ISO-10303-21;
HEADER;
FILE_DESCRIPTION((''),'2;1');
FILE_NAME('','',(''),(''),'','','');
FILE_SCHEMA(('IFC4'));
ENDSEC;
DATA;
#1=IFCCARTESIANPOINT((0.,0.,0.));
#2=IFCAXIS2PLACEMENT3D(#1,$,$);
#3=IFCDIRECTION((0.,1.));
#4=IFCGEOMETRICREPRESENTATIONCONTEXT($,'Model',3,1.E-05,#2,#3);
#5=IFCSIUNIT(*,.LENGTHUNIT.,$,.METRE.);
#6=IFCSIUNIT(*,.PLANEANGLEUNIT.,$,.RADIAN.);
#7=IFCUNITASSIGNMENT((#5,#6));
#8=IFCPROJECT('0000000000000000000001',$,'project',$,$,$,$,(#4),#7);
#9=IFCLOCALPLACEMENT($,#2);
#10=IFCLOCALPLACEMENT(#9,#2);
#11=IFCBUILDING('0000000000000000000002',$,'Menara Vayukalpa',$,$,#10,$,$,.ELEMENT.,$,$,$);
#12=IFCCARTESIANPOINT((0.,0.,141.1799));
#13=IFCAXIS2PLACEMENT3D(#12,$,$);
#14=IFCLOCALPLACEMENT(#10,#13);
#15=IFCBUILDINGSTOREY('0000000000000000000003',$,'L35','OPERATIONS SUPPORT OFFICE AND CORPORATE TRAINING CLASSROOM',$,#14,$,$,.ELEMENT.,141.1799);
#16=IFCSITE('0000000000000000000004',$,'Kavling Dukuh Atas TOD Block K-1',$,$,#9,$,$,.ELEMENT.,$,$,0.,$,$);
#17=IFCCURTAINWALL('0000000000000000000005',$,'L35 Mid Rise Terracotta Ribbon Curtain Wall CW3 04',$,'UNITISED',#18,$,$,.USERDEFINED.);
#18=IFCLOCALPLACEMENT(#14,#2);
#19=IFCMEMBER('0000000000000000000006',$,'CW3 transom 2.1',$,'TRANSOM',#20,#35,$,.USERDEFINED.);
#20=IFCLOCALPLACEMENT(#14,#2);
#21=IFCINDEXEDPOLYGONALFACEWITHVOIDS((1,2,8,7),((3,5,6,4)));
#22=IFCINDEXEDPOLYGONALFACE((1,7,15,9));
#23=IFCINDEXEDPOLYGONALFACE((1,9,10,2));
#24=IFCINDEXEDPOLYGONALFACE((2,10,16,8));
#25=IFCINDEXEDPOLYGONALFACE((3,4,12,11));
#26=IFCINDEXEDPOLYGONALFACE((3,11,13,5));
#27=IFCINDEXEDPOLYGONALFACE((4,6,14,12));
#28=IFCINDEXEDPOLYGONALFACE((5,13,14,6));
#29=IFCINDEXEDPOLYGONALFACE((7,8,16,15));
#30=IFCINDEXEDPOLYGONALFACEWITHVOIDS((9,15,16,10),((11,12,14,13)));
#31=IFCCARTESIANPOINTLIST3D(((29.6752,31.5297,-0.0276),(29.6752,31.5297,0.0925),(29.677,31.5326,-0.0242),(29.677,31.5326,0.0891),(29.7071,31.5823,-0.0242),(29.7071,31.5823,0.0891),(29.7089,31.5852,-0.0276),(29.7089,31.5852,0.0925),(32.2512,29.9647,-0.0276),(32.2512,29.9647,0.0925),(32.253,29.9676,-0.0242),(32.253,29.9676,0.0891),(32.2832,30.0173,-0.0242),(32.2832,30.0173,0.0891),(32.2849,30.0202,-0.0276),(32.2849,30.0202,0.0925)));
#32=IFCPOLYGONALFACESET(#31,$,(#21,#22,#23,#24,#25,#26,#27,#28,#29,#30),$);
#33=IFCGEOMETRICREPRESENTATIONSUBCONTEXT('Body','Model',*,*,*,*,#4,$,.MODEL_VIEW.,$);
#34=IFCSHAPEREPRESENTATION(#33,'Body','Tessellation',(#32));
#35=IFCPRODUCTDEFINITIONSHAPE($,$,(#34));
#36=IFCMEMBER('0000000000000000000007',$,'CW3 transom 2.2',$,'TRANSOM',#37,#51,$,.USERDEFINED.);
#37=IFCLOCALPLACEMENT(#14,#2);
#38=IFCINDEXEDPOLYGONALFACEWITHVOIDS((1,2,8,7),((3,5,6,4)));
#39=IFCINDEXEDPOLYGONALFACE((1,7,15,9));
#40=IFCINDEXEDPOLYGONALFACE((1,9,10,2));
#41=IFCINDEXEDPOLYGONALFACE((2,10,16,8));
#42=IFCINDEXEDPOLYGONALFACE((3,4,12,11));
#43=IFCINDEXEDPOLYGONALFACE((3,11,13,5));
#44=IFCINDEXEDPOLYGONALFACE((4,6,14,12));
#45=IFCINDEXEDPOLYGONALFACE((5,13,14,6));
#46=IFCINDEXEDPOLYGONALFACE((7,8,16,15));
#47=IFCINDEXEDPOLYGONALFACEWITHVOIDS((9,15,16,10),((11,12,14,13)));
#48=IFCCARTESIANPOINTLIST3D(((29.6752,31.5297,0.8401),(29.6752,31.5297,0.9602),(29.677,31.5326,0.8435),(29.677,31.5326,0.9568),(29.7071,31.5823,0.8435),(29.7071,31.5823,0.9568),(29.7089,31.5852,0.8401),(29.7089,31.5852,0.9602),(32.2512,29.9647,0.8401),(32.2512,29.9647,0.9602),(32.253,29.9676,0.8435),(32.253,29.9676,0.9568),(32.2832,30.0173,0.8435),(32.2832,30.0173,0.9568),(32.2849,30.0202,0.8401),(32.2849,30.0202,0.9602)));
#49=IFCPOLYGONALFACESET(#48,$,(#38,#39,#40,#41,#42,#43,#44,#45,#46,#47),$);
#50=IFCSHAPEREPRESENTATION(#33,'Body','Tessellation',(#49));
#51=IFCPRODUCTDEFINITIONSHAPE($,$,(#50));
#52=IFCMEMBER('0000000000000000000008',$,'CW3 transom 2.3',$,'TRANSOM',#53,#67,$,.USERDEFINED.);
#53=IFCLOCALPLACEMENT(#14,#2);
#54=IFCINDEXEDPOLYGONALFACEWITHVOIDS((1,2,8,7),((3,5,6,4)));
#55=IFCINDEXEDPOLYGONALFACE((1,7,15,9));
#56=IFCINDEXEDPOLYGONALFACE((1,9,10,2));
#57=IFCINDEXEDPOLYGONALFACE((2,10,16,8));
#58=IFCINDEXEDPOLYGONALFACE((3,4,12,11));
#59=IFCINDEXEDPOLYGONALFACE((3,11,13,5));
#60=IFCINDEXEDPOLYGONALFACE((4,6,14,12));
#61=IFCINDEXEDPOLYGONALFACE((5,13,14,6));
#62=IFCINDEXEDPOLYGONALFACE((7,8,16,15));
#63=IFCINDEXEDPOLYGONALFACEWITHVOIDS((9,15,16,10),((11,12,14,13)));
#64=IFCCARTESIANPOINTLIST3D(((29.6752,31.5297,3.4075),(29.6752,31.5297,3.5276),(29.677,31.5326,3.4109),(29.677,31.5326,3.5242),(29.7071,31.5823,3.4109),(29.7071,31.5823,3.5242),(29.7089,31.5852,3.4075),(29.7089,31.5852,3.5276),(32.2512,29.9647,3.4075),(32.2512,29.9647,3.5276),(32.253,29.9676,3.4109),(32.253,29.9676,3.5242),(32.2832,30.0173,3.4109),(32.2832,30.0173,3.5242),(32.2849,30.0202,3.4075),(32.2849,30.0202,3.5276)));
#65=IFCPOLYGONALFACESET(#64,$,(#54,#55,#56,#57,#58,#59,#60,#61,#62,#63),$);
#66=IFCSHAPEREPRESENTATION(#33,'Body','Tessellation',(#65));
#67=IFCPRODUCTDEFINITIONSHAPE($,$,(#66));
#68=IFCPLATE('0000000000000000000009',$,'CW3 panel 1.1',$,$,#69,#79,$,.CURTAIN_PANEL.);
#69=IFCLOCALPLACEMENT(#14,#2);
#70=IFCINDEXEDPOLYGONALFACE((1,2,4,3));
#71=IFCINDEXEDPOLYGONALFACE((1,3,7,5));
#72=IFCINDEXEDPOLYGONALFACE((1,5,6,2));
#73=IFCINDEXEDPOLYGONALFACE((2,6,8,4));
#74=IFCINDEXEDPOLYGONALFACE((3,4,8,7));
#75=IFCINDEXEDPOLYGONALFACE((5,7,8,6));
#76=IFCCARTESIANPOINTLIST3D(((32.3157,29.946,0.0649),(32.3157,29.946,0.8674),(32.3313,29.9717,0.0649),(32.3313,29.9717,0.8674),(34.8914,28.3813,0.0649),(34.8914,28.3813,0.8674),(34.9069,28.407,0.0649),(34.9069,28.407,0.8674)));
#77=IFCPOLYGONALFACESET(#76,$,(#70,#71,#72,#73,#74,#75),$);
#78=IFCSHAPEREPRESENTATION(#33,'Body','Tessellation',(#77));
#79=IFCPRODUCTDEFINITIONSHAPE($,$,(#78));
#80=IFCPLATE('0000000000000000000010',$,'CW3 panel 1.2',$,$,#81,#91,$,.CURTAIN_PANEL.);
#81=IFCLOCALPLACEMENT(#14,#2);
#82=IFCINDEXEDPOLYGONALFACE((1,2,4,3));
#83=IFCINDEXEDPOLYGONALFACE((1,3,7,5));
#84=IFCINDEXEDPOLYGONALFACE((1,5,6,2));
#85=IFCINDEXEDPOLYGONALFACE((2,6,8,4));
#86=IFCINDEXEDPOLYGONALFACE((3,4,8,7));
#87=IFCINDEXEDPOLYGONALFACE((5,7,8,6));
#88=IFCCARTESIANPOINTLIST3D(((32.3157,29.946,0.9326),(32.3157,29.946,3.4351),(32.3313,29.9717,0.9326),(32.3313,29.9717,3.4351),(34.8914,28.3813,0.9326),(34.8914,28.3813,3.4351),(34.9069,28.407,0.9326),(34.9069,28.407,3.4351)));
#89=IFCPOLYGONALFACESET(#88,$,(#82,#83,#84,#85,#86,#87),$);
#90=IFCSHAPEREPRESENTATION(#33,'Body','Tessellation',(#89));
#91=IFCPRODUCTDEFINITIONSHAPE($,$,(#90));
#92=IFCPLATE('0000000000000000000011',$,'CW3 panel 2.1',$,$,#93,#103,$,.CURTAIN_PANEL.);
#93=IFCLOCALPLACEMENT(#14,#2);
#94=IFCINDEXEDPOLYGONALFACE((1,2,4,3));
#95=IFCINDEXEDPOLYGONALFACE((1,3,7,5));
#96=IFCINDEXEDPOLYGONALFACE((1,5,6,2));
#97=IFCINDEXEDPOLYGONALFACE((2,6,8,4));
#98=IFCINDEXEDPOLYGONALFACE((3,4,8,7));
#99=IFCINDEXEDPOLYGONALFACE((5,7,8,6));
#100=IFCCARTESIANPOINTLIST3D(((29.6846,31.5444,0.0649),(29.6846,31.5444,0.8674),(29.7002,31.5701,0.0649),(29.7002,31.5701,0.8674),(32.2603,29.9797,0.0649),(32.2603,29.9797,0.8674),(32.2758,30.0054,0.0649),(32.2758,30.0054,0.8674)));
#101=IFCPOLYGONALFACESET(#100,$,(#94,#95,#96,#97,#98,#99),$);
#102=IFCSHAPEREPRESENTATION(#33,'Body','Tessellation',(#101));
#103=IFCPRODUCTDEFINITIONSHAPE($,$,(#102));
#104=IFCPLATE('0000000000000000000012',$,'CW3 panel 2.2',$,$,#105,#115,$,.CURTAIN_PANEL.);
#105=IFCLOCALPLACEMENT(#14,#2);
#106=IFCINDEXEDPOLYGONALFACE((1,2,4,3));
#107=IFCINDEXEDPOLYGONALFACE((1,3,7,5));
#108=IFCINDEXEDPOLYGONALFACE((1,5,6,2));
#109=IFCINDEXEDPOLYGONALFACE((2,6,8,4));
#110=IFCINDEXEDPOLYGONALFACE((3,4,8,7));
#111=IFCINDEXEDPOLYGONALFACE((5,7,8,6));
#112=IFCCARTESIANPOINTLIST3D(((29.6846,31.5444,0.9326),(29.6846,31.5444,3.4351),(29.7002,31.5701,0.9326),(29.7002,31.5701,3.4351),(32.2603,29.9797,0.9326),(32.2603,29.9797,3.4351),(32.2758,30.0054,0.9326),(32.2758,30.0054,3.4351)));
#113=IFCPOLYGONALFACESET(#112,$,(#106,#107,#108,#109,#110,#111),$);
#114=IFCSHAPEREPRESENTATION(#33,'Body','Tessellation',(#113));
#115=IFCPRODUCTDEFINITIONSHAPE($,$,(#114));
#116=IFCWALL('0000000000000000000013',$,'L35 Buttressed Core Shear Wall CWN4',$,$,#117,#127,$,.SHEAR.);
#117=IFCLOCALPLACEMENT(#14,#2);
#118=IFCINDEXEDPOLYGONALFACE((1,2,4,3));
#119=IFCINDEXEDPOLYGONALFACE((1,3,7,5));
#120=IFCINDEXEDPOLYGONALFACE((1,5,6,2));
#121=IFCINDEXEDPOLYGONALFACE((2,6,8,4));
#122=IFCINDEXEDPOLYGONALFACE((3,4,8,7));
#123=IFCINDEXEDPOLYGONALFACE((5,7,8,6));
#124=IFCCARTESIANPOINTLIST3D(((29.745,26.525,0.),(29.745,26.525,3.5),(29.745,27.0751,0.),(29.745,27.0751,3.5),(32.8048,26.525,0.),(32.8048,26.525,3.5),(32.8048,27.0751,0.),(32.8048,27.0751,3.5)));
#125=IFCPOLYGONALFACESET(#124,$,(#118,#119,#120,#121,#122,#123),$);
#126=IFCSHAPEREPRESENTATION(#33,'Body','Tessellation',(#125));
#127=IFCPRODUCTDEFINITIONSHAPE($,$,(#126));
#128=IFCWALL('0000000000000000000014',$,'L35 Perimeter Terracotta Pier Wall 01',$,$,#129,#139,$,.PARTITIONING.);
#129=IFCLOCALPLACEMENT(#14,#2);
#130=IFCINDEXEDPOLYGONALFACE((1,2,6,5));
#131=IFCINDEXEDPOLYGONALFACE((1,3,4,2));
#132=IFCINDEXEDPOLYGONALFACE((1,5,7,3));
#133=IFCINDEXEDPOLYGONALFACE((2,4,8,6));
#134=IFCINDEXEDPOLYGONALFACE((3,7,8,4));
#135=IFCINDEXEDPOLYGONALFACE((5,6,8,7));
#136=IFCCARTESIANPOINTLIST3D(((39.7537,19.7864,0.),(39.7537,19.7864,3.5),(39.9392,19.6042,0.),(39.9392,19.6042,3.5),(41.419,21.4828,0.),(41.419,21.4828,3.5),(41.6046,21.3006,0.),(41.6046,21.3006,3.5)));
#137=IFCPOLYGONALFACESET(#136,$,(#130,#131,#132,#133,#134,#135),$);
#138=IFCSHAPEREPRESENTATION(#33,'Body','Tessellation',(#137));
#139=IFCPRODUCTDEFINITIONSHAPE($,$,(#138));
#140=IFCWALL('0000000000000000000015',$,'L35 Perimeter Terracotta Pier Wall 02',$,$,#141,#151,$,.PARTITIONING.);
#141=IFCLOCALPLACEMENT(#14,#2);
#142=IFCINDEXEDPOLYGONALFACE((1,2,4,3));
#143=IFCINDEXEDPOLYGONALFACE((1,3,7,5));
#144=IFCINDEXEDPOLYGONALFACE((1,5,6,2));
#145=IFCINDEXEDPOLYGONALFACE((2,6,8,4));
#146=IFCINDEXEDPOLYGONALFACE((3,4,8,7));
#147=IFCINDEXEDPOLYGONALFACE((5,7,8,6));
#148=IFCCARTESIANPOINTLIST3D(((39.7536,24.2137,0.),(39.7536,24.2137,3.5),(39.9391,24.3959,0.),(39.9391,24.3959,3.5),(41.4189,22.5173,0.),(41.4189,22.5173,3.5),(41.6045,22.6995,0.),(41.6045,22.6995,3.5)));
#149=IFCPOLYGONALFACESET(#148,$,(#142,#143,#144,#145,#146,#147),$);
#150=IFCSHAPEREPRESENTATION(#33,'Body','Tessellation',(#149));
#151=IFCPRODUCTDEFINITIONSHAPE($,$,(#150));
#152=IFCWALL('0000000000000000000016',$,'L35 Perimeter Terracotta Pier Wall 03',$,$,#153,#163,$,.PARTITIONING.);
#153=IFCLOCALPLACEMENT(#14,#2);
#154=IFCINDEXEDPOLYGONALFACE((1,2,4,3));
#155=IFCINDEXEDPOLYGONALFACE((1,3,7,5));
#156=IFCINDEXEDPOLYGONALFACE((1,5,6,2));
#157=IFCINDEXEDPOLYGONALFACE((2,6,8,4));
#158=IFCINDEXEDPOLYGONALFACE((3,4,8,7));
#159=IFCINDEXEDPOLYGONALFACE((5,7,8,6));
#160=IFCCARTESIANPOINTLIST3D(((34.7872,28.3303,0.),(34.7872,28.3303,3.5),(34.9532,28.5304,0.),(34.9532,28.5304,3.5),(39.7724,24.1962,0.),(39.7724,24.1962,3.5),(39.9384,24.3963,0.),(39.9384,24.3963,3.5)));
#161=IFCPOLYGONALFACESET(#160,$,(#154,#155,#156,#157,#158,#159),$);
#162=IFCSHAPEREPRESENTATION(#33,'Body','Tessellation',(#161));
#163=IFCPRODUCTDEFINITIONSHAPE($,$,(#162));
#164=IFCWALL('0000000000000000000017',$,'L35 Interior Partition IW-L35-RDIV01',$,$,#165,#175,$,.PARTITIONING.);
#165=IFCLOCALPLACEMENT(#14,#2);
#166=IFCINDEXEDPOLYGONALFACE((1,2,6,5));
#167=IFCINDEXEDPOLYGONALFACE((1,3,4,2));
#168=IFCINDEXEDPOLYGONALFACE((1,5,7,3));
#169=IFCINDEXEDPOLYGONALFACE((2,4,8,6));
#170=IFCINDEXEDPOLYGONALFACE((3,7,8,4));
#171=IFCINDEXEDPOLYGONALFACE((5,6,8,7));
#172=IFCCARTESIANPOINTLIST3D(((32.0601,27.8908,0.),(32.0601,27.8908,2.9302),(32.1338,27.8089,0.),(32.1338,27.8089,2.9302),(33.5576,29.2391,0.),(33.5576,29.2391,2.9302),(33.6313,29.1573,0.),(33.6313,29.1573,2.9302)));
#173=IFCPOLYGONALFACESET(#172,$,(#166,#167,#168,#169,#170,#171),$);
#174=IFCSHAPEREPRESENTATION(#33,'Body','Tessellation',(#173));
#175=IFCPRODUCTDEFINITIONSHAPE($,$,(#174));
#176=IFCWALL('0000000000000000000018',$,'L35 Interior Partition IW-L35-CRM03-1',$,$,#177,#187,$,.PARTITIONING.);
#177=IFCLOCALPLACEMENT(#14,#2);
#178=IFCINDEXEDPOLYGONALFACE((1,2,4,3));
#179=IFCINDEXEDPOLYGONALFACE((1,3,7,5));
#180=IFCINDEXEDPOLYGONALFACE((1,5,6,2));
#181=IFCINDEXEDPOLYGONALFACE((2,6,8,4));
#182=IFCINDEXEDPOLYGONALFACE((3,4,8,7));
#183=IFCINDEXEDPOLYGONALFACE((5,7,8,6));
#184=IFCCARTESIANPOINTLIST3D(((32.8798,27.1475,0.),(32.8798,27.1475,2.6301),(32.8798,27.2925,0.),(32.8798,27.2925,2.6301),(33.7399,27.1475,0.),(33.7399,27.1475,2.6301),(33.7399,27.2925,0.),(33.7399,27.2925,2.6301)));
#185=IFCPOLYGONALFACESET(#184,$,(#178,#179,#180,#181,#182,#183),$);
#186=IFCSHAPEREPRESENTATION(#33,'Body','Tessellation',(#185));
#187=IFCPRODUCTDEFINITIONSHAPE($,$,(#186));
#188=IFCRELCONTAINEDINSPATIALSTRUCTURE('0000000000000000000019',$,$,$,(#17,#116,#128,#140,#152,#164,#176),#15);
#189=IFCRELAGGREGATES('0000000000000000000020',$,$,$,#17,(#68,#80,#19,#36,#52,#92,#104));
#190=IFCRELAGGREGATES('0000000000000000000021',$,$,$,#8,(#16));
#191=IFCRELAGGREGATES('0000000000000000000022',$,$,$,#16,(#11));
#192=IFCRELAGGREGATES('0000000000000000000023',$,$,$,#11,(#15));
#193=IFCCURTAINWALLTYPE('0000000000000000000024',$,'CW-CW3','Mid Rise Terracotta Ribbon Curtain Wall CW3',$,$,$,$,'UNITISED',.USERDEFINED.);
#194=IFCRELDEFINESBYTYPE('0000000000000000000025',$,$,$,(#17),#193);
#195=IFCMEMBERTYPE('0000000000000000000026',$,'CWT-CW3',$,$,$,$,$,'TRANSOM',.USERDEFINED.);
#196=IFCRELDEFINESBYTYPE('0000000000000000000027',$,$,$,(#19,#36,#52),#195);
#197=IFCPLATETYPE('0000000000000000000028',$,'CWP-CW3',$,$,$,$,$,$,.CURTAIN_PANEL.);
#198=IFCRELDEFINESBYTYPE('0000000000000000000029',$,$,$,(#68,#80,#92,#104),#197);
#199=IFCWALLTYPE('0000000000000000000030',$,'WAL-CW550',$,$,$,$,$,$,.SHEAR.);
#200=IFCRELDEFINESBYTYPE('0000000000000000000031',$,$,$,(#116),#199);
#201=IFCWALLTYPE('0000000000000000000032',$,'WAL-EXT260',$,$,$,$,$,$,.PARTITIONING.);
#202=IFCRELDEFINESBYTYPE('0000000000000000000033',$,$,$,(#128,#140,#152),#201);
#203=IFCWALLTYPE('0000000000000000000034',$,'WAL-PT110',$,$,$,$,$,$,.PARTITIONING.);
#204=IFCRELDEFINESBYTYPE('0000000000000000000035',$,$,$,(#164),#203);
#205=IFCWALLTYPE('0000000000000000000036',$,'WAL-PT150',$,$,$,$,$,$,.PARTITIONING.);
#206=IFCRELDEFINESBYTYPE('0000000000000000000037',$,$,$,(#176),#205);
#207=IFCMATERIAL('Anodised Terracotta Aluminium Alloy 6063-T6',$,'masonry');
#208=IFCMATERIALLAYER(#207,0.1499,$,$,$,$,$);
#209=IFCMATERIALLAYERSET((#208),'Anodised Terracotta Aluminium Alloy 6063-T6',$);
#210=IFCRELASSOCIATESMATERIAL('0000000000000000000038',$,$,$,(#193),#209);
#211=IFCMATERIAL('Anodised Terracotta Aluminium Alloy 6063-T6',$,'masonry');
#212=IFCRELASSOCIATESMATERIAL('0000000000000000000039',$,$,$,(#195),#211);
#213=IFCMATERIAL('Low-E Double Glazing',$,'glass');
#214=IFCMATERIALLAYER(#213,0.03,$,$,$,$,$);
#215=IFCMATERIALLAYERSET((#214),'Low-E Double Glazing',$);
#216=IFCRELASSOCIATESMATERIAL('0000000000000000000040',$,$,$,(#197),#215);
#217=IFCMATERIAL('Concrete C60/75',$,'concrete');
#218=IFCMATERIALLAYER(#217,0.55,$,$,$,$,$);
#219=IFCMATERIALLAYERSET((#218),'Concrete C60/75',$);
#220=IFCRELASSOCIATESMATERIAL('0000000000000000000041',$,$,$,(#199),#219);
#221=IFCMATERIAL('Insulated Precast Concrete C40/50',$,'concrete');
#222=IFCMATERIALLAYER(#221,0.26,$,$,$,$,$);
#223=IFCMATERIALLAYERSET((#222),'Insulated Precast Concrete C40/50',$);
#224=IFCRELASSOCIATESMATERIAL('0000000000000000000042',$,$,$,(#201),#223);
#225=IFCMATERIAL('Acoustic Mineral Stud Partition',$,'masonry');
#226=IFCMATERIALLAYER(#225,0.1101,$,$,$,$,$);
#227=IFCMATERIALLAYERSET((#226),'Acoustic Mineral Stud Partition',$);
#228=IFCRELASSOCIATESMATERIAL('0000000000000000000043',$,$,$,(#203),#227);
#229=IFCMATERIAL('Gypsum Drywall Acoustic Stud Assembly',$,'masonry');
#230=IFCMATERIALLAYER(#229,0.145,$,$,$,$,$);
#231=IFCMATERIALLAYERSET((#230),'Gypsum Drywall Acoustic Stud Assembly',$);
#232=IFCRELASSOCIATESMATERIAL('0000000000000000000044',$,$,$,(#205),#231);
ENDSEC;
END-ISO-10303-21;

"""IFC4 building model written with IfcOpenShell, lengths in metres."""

from ifc_helpers import new_model, si_unit, direction, frame, frame_2d, origin, origin_2d, place, context, subcontext, project, spatial, rectangle, hollow_rectangle, extrude, material, layer, layer_set, material_profile, profile_set, type_object, element, aggregate, save


model = new_model("IFC4")

# Units and contexts
model_context = context("Model", 3, precision=1e-05, world=origin(), true_north=direction((0.0, 1.0)))
body_context = subcontext(model_context, "Body", "Model", "MODEL_VIEW")
ifc_project = project(units=[si_unit("LENGTHUNIT", "METRE"), si_unit("PLANEANGLEUNIT", "RADIAN")], contexts=[model_context])

# Site, building, storey
site_placement = place(None, origin())
site = spatial("IfcSite", under=ifc_project, at=site_placement, Name="Kavling Dukuh Atas TOD Block K-1", CompositionType="ELEMENT", RefElevation=0.0)
building_placement = place(site_placement, origin())
building = spatial("IfcBuilding", under=site, at=building_placement, Name="Menara Vayukalpa", CompositionType="ELEMENT")
storey_placement = place(building_placement, frame((0.0, 0.0, 141.1799)))
storey = spatial("IfcBuildingStorey", under=building, at=storey_placement, Name="L35", Description="OPERATIONS SUPPORT OFFICE AND CORPORATE TRAINING CLASSROOM", CompositionType="ELEMENT", Elevation=141.1799)

# Curtain wall, members, plates
ifc_material_1 = material(Name="Anodised Terracotta Aluminium Alloy 6063-T6", Category="masonry")
ifc_layer_1 = layer(ifc_material_1, 0.1499)
ifc_layer_set_1 = layer_set([ifc_layer_1], Name="Anodised Terracotta Aluminium Alloy 6063-T6")
curtain_wall_type = type_object("IfcCurtainWallType", Name="CW-CW3", Description="Mid Rise Terracotta Ribbon Curtain Wall CW3", ElementType="UNITISED", PredefinedType="USERDEFINED", material=ifc_layer_set_1)
curtain_wall_placement = place(storey_placement, origin())
curtain_wall = element("IfcCurtainWall", 1, at=curtain_wall_placement, inside=storey, type_object=curtain_wall_type, Name="L35 Mid Rise Terracotta Ribbon Curtain Wall CW3 04", ObjectType="UNITISED", PredefinedType="USERDEFINED")
ifc_material_2 = material(Name="Anodised Terracotta Aluminium Alloy 6063-T6", Category="masonry")
ifc_material_profile_1 = material_profile(ifc_material_2, hollow_rectangle(XDim=0.0649, YDim=0.1201, WallThickness=0.0034, at=origin_2d()), Name="ALU 65x120x3.5")
ifc_profile_set_1 = profile_set([ifc_material_profile_1], Name="Anodised Terracotta Aluminium Alloy 6063-T6")
member_type_1 = type_object("IfcMemberType", Name="CWT-CW3", ElementType="TRANSOM", PredefinedType="USERDEFINED", material=ifc_profile_set_1)
member_1_placement = place(storey_placement, frame((32.2681, 29.9924, 0.0325), z_axis=(-0.854642, 0.519217, 0.0), x_axis=(-0.519217, -0.854642, 0.0)))
member_1 = element("IfcMember", 2, at=member_1_placement, type_object=member_type_1, Name="CW3 transom 2.1", ObjectType="TRANSOM", PredefinedType="USERDEFINED", context=body_context, shape_type="SweptSolid", body=[
    extrude(hollow_rectangle(XDim=0.0649, YDim=0.1201, WallThickness=0.0034, at=origin_2d()), origin(), (0.0, 0.0, 1.0), 3.0142),
])
member_2_placement = place(storey_placement, frame((32.2681, 29.9924, 0.9001), z_axis=(-0.854642, 0.519217, 0.0), x_axis=(-0.519217, -0.854642, 0.0)))
member_2 = element("IfcMember", 3, at=member_2_placement, type_object=member_type_1, Name="CW3 transom 2.2", ObjectType="TRANSOM", PredefinedType="USERDEFINED", context=body_context, shape_type="SweptSolid", body=[
    extrude(hollow_rectangle(XDim=0.0649, YDim=0.1201, WallThickness=0.0034, at=origin_2d()), origin(), (0.0, 0.0, 1.0), 3.0142),
])
member_3_placement = place(storey_placement, frame((32.2681, 29.9924, 3.4675), z_axis=(-0.854642, 0.519217, 0.0), x_axis=(-0.519217, -0.854642, 0.0)))
member_3 = element("IfcMember", 4, at=member_3_placement, type_object=member_type_1, Name="CW3 transom 2.3", ObjectType="TRANSOM", PredefinedType="USERDEFINED", context=body_context, shape_type="SweptSolid", body=[
    extrude(hollow_rectangle(XDim=0.0649, YDim=0.1201, WallThickness=0.0034, at=origin_2d()), origin(), (0.0, 0.0, 1.0), 3.0142),
])
ifc_material_3 = material(Name="Low-E Double Glazing", Category="glass")
ifc_layer_2 = layer(ifc_material_3, 0.03)
ifc_layer_set_2 = layer_set([ifc_layer_2], Name="Low-E Double Glazing")
plate_type = type_object("IfcPlateType", Name="CWP-CW3", PredefinedType="CURTAIN_PANEL", material=ifc_layer_set_2)
plate_1_placement = place(storey_placement, frame((33.6113, 29.1765, 0.0649), z_axis=(0.0, 0.0, 1.0), x_axis=(-0.854655, 0.519196, 0.0)))
plate_1 = element("IfcPlate", 5, at=plate_1_placement, type_object=plate_type, Name="CW3 panel 1.1", PredefinedType="CURTAIN_PANEL", context=body_context, shape_type="SweptSolid", body=[
    extrude(rectangle(XDim=3.0137, YDim=0.03, at=origin_2d()), origin(), (0.0, 0.0, 1.0), 0.8025),
])
plate_2_placement = place(storey_placement, frame((33.6113, 29.1765, 0.9326), z_axis=(0.0, 0.0, 1.0), x_axis=(-0.854655, 0.519196, 0.0)))
plate_2 = element("IfcPlate", 6, at=plate_2_placement, type_object=plate_type, Name="CW3 panel 1.2", PredefinedType="CURTAIN_PANEL", context=body_context, shape_type="SweptSolid", body=[
    extrude(rectangle(XDim=3.0137, YDim=0.03, at=origin_2d()), origin(), (0.0, 0.0, 1.0), 2.5024),
])
plate_3_placement = place(storey_placement, frame((30.9802, 30.7749, 0.0649), z_axis=(0.0, 0.0, 1.0), x_axis=(-0.854655, 0.519196, 0.0)))
plate_3 = element("IfcPlate", 7, at=plate_3_placement, type_object=plate_type, Name="CW3 panel 2.1", PredefinedType="CURTAIN_PANEL", context=body_context, shape_type="SweptSolid", body=[
    extrude(rectangle(XDim=3.0137, YDim=0.03, at=origin_2d()), origin(), (0.0, 0.0, 1.0), 0.8025),
])
plate_4_placement = place(storey_placement, frame((30.9802, 30.7749, 0.9326), z_axis=(0.0, 0.0, 1.0), x_axis=(-0.854655, 0.519196, 0.0)))
plate_4 = element("IfcPlate", 8, at=plate_4_placement, type_object=plate_type, Name="CW3 panel 2.2", PredefinedType="CURTAIN_PANEL", context=body_context, shape_type="SweptSolid", body=[
    extrude(rectangle(XDim=3.0137, YDim=0.03, at=origin_2d()), origin(), (0.0, 0.0, 1.0), 2.5024),
])
aggregate(curtain_wall, [plate_1, plate_2, member_1, member_2, member_3, plate_3, plate_4])

# Walls
ifc_material_4 = material(Name="Concrete C60/75", Category="concrete")
ifc_layer_3 = layer(ifc_material_4, 0.55)
ifc_layer_set_3 = layer_set([ifc_layer_3], Name="Concrete C60/75")
wall_type_1 = type_object("IfcWallType", Name="WAL-CW550", PredefinedType="SHEAR", material=ifc_layer_set_3)
wall_1_placement = place(storey_placement, frame((29.7451, 26.8, 0.0), z_axis=(0.0, 0.0, 1.0), x_axis=(1.0, 0.0, 0.0)))
element("IfcWall", 9, at=wall_1_placement, inside=storey, type_object=wall_type_1, Name="L35 Buttressed Core Shear Wall CWN4", PredefinedType="SHEAR", context=body_context, shape_type="SweptSolid", body=[
    extrude(rectangle(XDim=3.0598, YDim=0.55, at=frame_2d((1.5298, 0.0))), origin(), (0.0, 0.0, 1.0), 3.5),
])
ifc_material_5 = material(Name="Insulated Precast Concrete C40/50", Category="concrete")
ifc_layer_4 = layer(ifc_material_5, 0.26)
ifc_layer_set_4 = layer_set([ifc_layer_4], Name="Insulated Precast Concrete C40/50")
wall_type_2 = type_object("IfcWallType", Name="WAL-EXT260", PredefinedType="PARTITIONING", material=ifc_layer_set_4)
for number, where, z_axis, x_axis, name in (
    (10, (41.5117, 21.3916, 0.0), (0.0, 0.0, 1.0), (-0.700555, -0.713599, 0.0), "L35 Perimeter Terracotta Pier Wall 01"),
    (11, (39.8464, 24.3047, 0.0), (0.0, 0.0, 1.0), (0.700555, -0.713599, 0.0), "L35 Perimeter Terracotta Pier Wall 02"),
):
    element("IfcWall", number, at=place(storey_placement, frame(where, z_axis=z_axis, x_axis=x_axis)), inside=storey, type_object=wall_type_2, Name=name, PredefinedType="PARTITIONING", context=body_context, shape_type="SweptSolid", body=[
        extrude(rectangle(XDim=2.3772, YDim=0.26, at=frame_2d((1.1885, 0.0))), origin(), (0.0, 0.0, 1.0), 3.5),
    ])
wall_2_placement = place(storey_placement, frame((34.8701, 28.4304, 0.0), z_axis=(0.0, 0.0, 1.0), x_axis=(0.769755, -0.63834, 0.0)))
element("IfcWall", 12, at=wall_2_placement, inside=storey, type_object=wall_type_2, Name="L35 Perimeter Terracotta Pier Wall 03", PredefinedType="PARTITIONING", context=body_context, shape_type="SweptSolid", body=[
    extrude(rectangle(XDim=6.4763, YDim=0.26, at=frame_2d((3.2383, 0.0))), origin(), (0.0, 0.0, 1.0), 3.5),
])
ifc_material_6 = material(Name="Acoustic Mineral Stud Partition", Category="masonry")
ifc_layer_5 = layer(ifc_material_6, 0.1101)
ifc_layer_set_5 = layer_set([ifc_layer_5], Name="Acoustic Mineral Stud Partition")
wall_type_3 = type_object("IfcWallType", Name="WAL-PT110", PredefinedType="PARTITIONING", material=ifc_layer_set_5)
wall_3_placement = place(storey_placement, frame((32.0969, 27.8499, 0.0), z_axis=(0.0, 0.0, 1.0), x_axis=(0.74315, 0.669125, 0.0)))
element("IfcWall", 13, at=wall_3_placement, inside=storey, type_object=wall_type_3, Name="L35 Interior Partition IW-L35-RDIV01", PredefinedType="PARTITIONING", context=body_context, shape_type="SweptSolid", body=[
    extrude(rectangle(XDim=2.0151, YDim=0.1101, at=frame_2d((1.0076, 0.0))), origin(), (0.0, 0.0, 1.0), 2.9302),
])
ifc_material_7 = material(Name="Gypsum Drywall Acoustic Stud Assembly", Category="masonry")
ifc_layer_6 = layer(ifc_material_7, 0.145)
ifc_layer_set_6 = layer_set([ifc_layer_6], Name="Gypsum Drywall Acoustic Stud Assembly")
wall_type_4 = type_object("IfcWallType", Name="WAL-PT150", PredefinedType="PARTITIONING", material=ifc_layer_set_6)
wall_4_placement = place(storey_placement, frame((33.74, 27.22, 0.0), z_axis=(0.0, 0.0, 1.0), x_axis=(-1.0, 0.0, 0.0)))
element("IfcWall", 14, at=wall_4_placement, inside=storey, type_object=wall_type_4, Name="L35 Interior Partition IW-L35-CRM03-1", PredefinedType="PARTITIONING", context=body_context, shape_type="SweptSolid", body=[
    extrude(rectangle(XDim=0.8601, YDim=0.145, at=frame_2d((0.4302, 0.0))), origin(), (0.0, 0.0, 1.0), 2.6301),
])

save(model, "model.ifc")
